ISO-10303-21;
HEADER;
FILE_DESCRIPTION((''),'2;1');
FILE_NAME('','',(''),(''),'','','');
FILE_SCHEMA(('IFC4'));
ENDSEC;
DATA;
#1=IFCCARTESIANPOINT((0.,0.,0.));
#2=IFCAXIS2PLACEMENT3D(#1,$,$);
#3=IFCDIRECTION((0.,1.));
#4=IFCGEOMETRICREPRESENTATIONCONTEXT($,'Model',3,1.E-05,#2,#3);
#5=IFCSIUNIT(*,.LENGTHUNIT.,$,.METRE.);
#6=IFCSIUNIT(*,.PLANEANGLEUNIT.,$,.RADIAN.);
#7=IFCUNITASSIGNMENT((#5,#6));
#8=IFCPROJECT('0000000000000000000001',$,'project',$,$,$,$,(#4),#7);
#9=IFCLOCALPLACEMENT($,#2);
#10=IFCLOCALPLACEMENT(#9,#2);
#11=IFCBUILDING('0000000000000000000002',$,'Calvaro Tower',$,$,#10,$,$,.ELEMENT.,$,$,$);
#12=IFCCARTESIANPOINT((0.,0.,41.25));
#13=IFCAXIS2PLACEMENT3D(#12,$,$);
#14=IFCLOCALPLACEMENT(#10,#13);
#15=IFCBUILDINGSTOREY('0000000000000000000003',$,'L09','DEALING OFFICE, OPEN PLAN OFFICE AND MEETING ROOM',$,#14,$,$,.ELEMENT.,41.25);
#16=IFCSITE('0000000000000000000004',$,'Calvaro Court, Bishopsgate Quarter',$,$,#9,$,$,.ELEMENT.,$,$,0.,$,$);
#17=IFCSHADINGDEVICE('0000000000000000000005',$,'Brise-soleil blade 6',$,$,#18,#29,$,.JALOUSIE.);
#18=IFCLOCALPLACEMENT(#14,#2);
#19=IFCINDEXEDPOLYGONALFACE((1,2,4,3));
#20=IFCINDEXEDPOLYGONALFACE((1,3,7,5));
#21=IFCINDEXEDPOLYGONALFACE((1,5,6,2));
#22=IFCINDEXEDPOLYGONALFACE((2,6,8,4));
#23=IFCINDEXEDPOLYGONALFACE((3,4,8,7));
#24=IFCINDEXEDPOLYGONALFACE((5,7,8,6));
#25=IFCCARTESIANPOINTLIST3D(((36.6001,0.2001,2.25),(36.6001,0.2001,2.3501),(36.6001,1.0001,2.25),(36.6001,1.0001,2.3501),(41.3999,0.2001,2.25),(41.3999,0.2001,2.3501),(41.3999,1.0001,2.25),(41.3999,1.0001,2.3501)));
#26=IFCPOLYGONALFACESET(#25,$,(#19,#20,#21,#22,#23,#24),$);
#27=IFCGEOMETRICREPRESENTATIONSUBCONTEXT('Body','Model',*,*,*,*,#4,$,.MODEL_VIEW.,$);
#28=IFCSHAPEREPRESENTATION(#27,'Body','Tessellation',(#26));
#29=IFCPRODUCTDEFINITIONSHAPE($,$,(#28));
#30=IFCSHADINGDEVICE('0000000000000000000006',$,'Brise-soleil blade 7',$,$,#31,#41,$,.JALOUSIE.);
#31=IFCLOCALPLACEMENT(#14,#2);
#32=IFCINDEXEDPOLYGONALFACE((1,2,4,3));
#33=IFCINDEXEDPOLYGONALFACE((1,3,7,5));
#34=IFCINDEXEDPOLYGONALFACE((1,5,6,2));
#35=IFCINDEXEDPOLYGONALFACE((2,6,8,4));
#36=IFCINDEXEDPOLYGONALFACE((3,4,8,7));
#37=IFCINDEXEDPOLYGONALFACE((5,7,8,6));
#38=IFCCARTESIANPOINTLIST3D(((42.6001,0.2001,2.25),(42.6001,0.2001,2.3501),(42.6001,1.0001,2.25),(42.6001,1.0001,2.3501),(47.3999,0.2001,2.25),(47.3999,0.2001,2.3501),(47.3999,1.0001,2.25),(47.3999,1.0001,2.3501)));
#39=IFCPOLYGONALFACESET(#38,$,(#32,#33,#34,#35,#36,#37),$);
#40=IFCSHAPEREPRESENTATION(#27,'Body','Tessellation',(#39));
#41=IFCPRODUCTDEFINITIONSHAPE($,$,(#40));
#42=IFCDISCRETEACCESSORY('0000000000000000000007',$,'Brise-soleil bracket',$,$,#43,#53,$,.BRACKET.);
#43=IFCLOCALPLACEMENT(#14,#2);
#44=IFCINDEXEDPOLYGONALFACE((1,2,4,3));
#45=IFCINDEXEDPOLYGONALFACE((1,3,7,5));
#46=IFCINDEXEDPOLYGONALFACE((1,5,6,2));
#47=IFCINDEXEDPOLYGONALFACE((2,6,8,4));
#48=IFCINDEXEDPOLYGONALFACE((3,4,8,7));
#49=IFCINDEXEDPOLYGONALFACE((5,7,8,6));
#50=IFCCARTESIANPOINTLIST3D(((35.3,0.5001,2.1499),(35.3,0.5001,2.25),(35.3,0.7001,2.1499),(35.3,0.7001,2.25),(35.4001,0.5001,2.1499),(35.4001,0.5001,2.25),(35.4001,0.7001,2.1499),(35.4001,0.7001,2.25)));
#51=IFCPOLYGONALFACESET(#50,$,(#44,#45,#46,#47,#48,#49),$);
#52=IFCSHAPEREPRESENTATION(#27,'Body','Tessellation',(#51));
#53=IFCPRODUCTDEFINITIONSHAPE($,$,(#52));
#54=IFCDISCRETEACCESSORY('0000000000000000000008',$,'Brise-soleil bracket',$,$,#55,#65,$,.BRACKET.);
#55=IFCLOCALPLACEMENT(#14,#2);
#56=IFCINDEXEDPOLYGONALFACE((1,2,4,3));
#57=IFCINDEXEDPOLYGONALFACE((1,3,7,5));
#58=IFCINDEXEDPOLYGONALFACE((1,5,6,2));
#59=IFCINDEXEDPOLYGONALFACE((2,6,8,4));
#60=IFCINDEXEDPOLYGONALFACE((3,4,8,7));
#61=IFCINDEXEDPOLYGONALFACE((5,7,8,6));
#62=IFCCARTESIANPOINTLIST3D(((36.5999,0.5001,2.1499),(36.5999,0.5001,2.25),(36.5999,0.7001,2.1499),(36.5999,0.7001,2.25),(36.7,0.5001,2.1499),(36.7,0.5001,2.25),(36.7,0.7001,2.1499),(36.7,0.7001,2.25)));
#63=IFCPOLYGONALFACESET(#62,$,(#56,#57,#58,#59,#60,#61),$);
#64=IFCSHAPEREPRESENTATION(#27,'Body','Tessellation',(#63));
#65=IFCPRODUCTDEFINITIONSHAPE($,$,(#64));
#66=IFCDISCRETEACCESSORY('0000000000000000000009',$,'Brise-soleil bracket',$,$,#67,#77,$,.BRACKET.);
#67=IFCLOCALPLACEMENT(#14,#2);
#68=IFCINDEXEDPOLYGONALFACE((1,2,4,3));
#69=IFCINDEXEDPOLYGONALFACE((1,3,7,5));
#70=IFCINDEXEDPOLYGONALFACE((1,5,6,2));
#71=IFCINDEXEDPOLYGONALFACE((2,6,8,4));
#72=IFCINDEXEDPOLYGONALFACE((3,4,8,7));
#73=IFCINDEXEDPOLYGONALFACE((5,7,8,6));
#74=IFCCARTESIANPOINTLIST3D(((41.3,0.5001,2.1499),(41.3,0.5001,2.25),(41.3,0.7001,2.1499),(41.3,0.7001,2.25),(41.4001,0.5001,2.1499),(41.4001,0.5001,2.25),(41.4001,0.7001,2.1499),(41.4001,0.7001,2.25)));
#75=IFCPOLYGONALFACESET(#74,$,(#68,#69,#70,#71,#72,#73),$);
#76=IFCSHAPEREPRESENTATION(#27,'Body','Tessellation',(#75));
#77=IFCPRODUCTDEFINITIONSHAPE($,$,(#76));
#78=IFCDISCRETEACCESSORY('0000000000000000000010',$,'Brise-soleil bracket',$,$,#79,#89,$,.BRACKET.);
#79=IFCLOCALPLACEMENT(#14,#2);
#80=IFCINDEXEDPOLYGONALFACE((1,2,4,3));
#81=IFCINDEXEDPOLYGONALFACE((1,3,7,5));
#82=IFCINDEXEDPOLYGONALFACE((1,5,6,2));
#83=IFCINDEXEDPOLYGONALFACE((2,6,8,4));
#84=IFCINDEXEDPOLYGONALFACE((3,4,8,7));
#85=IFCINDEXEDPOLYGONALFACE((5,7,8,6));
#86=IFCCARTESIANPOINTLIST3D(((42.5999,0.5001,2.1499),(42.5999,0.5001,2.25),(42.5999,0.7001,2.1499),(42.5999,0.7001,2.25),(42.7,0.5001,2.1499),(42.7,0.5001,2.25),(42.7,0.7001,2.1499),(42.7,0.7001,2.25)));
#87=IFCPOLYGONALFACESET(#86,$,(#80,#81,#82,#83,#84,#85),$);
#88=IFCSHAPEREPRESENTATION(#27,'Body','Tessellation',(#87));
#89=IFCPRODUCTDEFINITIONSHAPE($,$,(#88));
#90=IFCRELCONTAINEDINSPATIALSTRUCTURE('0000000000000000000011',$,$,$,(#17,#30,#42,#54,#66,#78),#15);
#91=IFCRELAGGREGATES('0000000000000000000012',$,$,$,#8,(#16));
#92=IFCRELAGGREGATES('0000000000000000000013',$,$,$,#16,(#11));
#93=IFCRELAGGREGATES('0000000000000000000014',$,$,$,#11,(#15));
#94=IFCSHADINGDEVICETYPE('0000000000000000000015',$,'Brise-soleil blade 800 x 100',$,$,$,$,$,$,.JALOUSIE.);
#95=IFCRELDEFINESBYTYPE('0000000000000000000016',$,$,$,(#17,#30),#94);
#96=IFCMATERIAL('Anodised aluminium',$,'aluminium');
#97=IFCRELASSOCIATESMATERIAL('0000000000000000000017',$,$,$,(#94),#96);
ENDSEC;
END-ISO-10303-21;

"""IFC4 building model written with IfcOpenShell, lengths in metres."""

from ifc_helpers import new_model, si_unit, direction, frame, origin, origin_2d, place, context, subcontext, project, spatial, rectangle, extrude, material, material_profile, profile_set, type_object, element, save


model = new_model("IFC4")

# Units and contexts
model_context = context("Model", 3, precision=1e-05, world=origin(), true_north=direction((0.0, 1.0)))
body_context = subcontext(model_context, "Body", "Model", "MODEL_VIEW")
ifc_project = project(units=[si_unit("LENGTHUNIT", "METRE"), si_unit("PLANEANGLEUNIT", "RADIAN")], contexts=[model_context])

# Site, building, storey
site_placement = place(None, origin())
site = spatial("IfcSite", under=ifc_project, at=site_placement, Name="Calvaro Court, Bishopsgate Quarter", CompositionType="ELEMENT", RefElevation=0.0)
building_placement = place(site_placement, origin())
building = spatial("IfcBuilding", under=site, at=building_placement, Name="Calvaro Tower", CompositionType="ELEMENT")
storey_placement = place(building_placement, frame((0.0, 0.0, 41.25)))
storey = spatial("IfcBuildingStorey", under=building, at=storey_placement, Name="L09", Description="DEALING OFFICE, OPEN PLAN OFFICE AND MEETING ROOM", CompositionType="ELEMENT", Elevation=41.25)

# Shading devices
ifc_material_1 = material(Name="Anodised aluminium", Category="aluminium")
ifc_material_profile_1 = material_profile(ifc_material_1, rectangle(XDim=0.8, YDim=0.1001, at=origin_2d()), Name="Brise-soleil blade 800 x 100")
ifc_profile_set_1 = profile_set([ifc_material_profile_1], Name="Anodised aluminium")
shading_device_type = type_object("IfcShadingDeviceType", Name="Brise-soleil blade 800 x 100", PredefinedType="JALOUSIE", material=ifc_profile_set_1)
for number, where, z_axis, x_axis, name in (
    (1, (36.6001, 0.6001, 2.3), (1.0, 0.0, 0.0), (0.0, 1.0, 0.0), "Brise-soleil blade 6"),
    (2, (42.6001, 0.6001, 2.3), (1.0, 0.0, 0.0), (0.0, 1.0, 0.0), "Brise-soleil blade 7"),
):
    element("IfcShadingDevice", number, at=place(storey_placement, frame(where, z_axis=z_axis, x_axis=x_axis)), inside=storey, type_object=shading_device_type, Name=name, PredefinedType="JALOUSIE", context=body_context, shape_type="SweptSolid", body=[
        extrude(rectangle(XDim=0.8, YDim=0.1001, at=origin_2d()), origin(), (0.0, 0.0, 1.0), 4.7998),
    ])

# Discrete accessories
for number, where, z_axis, x_axis, name in (
    (3, (35.3501, 0.6001, 2.1499), (0.0, 0.0, 1.0), (1.0, 0.0, 0.0), "Brise-soleil bracket"),
    (4, (36.6499, 0.6001, 2.1499), (0.0, 0.0, 1.0), (1.0, 0.0, 0.0), "Brise-soleil bracket"),
    (5, (41.3501, 0.6001, 2.1499), (0.0, 0.0, 1.0), (1.0, 0.0, 0.0), "Brise-soleil bracket"),
    (6, (42.6499, 0.6001, 2.1499), (0.0, 0.0, 1.0), (1.0, 0.0, 0.0), "Brise-soleil bracket"),
):
    element("IfcDiscreteAccessory", number, at=place(storey_placement, frame(where, z_axis=z_axis, x_axis=x_axis)), inside=storey, Name=name, PredefinedType="BRACKET", context=body_context, shape_type="SweptSolid", body=[
        extrude(rectangle(XDim=0.1001, YDim=0.2, at=origin_2d()), origin(), (0.0, 0.0, 1.0), 0.1001),
    ])

save(model, "model.ifc")
